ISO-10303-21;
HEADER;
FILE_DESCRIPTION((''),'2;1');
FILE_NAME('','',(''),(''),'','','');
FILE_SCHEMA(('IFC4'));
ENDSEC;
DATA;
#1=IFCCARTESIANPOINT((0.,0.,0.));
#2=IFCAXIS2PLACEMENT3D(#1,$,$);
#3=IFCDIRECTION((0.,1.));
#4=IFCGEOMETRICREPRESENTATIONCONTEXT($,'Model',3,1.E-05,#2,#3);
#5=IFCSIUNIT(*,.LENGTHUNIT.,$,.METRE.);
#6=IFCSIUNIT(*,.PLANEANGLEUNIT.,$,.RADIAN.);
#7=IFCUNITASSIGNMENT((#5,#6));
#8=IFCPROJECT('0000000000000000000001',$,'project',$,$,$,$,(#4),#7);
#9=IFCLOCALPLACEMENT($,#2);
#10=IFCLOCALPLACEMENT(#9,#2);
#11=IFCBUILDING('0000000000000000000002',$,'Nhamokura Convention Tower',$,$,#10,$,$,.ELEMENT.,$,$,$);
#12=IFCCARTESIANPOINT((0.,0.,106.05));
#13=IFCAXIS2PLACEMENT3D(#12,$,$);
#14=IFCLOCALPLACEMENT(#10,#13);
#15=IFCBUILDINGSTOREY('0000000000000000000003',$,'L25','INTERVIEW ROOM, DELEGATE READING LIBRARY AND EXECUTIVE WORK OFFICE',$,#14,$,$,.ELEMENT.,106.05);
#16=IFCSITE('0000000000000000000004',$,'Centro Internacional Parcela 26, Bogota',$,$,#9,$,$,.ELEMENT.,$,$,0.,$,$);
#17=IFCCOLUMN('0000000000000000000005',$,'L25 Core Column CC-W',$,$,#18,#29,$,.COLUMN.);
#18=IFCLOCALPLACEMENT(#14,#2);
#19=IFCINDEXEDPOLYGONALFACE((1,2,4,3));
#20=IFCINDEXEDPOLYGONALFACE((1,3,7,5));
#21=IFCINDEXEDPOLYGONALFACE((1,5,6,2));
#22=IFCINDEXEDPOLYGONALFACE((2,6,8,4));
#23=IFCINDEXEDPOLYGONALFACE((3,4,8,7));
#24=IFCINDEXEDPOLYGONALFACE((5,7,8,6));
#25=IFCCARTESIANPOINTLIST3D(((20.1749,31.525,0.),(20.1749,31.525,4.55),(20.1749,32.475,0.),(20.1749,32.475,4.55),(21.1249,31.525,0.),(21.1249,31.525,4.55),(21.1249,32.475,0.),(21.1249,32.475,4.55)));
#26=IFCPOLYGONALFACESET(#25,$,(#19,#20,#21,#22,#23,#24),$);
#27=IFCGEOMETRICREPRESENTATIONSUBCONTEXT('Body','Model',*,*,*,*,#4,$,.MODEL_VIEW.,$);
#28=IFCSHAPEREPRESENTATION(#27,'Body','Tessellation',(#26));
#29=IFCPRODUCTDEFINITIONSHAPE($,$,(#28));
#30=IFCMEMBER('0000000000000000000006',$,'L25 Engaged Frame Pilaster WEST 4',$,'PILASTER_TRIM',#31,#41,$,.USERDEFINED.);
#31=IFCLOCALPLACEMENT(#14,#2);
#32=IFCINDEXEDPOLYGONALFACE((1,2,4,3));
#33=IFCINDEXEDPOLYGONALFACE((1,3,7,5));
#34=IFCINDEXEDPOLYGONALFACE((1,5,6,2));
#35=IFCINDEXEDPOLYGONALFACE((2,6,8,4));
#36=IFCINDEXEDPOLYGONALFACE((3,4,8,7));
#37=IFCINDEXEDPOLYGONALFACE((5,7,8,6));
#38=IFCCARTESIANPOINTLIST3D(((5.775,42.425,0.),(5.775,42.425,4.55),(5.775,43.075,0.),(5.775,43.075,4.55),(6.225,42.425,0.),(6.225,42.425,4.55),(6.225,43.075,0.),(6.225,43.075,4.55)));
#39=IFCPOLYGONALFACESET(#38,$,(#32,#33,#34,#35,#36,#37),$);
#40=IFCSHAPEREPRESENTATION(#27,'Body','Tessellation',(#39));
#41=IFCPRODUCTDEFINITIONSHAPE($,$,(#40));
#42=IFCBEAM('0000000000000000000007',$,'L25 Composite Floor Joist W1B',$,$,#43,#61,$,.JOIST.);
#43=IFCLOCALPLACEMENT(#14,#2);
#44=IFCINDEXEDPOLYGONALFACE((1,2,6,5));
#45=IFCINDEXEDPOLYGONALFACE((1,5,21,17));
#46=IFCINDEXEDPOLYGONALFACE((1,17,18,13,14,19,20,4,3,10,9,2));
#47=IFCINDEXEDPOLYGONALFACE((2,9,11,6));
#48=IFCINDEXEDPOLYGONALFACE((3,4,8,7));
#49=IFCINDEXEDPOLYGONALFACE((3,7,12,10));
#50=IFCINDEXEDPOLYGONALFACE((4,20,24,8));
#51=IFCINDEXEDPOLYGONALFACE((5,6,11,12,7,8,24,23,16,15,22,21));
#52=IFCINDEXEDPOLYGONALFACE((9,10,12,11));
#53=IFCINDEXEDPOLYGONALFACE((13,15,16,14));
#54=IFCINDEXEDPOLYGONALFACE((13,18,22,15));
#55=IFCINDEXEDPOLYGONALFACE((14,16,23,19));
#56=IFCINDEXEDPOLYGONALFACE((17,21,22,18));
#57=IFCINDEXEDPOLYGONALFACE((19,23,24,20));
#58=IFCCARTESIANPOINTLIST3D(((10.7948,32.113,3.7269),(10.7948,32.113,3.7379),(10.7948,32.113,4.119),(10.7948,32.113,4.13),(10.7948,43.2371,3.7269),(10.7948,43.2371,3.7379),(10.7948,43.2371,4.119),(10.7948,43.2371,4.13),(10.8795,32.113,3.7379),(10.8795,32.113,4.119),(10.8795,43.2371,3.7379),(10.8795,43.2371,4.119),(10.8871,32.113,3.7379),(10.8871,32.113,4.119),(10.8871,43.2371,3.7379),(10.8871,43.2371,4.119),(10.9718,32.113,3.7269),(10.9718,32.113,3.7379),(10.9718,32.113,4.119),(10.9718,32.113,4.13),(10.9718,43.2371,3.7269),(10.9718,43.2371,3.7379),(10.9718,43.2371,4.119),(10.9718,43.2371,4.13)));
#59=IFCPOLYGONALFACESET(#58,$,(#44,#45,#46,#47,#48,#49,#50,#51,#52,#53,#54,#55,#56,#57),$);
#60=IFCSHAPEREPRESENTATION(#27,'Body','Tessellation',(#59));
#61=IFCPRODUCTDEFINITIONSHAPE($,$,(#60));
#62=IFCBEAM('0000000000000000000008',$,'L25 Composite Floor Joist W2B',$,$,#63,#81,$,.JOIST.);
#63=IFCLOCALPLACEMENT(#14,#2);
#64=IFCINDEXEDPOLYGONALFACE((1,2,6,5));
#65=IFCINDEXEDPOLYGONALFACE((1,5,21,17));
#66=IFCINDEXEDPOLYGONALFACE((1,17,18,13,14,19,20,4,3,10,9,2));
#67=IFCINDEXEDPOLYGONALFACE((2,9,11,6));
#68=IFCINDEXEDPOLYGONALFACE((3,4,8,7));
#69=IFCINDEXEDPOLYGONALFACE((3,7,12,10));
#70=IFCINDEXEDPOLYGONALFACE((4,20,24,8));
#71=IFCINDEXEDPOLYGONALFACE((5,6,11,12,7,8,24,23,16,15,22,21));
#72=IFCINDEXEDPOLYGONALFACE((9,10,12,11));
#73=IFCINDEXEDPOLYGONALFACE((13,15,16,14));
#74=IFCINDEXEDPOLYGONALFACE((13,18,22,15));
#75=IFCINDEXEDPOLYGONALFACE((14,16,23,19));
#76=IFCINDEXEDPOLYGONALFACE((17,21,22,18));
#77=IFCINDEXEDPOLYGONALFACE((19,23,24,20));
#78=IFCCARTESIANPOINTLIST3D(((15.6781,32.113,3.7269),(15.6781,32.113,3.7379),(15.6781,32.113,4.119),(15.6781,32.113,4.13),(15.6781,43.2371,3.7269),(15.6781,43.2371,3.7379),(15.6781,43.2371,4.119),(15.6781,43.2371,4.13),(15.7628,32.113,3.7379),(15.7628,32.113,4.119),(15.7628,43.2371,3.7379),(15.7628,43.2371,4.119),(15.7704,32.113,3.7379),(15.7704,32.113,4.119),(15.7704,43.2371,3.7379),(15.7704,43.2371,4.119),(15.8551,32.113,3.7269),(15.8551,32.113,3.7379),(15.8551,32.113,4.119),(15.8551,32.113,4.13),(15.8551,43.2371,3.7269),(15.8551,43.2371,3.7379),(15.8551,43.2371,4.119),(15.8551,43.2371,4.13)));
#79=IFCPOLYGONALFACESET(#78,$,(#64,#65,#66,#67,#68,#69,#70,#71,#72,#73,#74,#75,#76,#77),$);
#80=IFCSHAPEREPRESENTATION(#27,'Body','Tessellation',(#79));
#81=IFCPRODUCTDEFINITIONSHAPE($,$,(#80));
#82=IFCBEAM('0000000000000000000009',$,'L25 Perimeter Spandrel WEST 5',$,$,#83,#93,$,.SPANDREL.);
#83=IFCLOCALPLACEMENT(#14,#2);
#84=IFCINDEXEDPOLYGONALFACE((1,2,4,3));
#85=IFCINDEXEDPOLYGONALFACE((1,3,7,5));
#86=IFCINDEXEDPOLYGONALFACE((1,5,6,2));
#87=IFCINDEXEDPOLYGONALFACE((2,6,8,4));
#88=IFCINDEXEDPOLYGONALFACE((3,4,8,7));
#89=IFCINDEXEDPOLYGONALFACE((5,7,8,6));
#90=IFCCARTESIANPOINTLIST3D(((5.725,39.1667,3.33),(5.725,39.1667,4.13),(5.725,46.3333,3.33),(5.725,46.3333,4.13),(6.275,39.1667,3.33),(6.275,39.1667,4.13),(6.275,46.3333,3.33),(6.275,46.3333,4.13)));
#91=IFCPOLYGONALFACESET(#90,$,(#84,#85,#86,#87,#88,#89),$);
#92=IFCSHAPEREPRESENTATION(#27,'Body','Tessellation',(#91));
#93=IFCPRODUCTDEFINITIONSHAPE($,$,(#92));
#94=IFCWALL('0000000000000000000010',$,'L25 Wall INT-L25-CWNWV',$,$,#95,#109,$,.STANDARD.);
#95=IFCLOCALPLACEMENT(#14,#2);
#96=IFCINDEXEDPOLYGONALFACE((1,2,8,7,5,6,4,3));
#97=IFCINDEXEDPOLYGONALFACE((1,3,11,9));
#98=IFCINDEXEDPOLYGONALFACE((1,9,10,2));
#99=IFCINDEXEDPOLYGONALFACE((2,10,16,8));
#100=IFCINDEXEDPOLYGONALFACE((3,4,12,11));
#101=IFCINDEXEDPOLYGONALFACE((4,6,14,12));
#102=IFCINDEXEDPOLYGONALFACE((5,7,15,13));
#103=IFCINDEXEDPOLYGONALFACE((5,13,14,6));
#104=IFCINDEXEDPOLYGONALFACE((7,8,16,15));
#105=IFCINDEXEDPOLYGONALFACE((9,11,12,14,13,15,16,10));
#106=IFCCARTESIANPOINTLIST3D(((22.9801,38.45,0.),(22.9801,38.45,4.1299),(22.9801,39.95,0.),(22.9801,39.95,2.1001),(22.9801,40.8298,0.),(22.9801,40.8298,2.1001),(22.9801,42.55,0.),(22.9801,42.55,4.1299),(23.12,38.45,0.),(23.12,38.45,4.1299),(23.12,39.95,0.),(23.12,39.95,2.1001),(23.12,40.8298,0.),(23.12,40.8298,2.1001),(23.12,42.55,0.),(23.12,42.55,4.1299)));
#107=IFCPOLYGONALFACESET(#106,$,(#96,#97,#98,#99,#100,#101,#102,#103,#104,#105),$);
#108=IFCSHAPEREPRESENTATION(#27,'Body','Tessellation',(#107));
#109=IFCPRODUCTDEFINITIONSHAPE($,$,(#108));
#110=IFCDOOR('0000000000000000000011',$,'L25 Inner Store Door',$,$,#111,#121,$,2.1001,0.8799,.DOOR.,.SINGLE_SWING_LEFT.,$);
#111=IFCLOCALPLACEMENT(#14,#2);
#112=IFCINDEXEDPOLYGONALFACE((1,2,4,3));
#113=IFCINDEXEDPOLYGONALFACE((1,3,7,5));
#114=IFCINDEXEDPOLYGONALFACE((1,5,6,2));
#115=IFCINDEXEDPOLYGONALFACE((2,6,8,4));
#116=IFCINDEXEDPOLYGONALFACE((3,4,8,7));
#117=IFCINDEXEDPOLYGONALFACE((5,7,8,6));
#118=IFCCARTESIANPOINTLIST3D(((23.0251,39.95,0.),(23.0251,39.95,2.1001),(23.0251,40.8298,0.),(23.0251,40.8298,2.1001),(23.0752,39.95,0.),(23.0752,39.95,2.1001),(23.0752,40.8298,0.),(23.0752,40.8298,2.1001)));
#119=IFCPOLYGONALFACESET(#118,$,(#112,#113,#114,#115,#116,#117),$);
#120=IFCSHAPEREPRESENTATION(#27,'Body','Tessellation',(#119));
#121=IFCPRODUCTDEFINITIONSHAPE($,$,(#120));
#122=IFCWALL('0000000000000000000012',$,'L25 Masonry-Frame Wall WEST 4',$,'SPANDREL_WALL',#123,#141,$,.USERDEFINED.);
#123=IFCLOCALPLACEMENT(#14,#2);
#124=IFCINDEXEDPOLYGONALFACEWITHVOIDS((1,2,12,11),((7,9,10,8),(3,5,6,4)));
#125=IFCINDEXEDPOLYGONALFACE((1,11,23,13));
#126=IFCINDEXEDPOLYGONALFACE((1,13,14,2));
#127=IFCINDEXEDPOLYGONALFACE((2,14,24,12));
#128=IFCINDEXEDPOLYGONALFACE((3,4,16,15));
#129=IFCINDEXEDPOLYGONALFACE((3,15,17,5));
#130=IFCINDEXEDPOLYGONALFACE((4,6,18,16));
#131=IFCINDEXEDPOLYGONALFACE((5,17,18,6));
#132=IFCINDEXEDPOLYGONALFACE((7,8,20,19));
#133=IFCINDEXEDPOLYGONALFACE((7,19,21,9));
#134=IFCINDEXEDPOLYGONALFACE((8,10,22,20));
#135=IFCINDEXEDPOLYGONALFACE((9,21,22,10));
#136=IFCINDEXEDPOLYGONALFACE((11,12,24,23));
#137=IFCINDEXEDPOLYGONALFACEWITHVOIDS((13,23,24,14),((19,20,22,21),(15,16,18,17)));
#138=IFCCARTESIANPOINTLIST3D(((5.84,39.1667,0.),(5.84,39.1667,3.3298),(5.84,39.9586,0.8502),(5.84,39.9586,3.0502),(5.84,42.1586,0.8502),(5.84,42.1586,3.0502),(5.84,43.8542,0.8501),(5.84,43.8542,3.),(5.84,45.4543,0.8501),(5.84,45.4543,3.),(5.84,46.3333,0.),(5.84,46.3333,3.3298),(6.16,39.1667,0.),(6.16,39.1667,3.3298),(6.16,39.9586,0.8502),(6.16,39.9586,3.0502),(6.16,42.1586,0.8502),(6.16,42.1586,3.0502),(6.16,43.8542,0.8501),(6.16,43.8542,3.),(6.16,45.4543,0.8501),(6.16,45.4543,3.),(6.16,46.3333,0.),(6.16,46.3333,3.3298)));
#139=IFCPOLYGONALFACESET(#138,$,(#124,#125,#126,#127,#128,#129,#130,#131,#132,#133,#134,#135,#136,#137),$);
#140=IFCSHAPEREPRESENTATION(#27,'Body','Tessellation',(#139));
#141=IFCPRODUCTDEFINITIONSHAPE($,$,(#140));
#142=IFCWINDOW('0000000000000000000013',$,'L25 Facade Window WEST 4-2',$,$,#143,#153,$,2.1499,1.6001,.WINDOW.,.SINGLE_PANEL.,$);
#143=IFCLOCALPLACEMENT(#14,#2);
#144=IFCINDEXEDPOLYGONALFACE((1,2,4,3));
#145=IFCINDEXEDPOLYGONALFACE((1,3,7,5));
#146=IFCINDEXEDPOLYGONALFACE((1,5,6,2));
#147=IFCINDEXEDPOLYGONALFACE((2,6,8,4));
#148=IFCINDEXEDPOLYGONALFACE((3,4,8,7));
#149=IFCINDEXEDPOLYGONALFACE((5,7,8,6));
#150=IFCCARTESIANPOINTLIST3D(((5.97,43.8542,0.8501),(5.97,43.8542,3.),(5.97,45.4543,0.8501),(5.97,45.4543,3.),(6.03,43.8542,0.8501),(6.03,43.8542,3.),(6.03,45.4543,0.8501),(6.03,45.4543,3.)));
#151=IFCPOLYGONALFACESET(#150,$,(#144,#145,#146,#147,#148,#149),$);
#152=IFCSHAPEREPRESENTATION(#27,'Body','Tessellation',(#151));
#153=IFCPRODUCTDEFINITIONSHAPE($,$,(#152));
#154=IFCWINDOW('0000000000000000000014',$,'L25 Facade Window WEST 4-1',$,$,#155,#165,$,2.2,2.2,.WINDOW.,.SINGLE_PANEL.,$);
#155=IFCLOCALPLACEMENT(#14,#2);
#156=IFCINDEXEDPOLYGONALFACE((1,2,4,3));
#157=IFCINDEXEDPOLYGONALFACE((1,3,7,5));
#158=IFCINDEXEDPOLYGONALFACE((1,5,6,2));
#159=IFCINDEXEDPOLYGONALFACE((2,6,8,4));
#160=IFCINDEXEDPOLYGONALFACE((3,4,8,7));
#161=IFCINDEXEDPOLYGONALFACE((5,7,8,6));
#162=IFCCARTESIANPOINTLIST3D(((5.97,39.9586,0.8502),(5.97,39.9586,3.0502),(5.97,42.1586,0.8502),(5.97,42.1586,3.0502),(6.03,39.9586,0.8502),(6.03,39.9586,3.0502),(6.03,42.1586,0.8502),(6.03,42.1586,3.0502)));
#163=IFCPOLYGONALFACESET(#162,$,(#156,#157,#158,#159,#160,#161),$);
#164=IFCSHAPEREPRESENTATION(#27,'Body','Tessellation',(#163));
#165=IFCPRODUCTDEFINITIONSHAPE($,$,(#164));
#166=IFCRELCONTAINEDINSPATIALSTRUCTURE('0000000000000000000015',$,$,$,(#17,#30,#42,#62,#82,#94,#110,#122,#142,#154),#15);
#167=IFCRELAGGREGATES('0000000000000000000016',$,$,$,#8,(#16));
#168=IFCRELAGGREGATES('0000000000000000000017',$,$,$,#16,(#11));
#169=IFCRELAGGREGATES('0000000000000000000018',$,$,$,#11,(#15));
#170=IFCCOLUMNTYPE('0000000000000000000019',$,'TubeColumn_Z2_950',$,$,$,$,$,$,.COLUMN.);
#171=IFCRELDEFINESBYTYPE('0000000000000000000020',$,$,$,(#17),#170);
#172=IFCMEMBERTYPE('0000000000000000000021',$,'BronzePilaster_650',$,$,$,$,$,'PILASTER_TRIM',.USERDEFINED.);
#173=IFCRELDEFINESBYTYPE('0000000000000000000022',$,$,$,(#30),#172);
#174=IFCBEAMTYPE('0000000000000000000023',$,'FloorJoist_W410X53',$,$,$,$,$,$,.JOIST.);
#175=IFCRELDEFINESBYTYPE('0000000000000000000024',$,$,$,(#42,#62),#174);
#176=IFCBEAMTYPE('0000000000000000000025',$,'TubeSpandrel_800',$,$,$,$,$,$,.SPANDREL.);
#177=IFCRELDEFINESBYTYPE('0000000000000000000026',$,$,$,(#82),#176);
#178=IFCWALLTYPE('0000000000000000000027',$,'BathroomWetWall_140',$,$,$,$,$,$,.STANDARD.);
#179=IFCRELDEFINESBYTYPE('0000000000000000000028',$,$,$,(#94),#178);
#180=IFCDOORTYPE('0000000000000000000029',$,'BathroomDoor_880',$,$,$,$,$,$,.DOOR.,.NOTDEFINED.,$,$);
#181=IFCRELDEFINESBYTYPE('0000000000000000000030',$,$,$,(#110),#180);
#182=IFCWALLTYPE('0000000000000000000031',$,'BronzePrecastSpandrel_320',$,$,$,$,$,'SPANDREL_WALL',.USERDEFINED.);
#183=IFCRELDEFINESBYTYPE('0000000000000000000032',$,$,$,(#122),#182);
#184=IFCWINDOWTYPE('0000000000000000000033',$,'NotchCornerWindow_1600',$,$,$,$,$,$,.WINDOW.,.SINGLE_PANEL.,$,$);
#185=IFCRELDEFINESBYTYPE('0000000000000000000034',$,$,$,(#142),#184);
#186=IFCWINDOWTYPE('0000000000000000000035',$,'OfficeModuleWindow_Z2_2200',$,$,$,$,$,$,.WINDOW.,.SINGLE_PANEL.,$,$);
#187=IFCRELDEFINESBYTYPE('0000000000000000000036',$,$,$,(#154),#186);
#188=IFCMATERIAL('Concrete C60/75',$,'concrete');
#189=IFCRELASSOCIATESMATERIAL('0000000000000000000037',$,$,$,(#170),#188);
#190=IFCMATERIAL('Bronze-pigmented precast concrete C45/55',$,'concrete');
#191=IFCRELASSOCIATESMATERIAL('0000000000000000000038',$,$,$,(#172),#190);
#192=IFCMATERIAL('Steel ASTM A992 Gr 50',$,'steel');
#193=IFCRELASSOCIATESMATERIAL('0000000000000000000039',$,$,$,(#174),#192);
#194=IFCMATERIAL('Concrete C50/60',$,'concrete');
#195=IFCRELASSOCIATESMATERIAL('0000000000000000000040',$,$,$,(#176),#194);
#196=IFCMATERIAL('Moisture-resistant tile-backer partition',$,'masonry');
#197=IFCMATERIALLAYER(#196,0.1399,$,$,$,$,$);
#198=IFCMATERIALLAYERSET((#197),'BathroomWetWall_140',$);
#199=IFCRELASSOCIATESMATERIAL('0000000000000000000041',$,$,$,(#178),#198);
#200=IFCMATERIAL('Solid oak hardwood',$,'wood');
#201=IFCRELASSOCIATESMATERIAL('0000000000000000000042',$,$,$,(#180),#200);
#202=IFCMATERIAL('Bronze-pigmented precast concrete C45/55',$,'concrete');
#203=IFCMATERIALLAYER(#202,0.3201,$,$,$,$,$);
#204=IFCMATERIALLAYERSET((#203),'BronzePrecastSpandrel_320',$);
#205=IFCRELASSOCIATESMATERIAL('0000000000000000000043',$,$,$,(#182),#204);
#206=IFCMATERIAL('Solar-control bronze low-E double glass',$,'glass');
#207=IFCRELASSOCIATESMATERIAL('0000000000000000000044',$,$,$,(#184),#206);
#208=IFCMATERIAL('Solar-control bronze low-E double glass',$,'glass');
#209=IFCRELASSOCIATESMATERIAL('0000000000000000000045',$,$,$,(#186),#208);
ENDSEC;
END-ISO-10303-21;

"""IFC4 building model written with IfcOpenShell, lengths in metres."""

from ifc_helpers import new_model, si_unit, direction, frame, frame_2d, origin, origin_2d, place, context, subcontext, project, spatial, rectangle, i_section, extrude, material, layer, layer_set, material_profile, profile_set, type_object, element, fill, save


model = new_model("IFC4")

# Units and contexts
model_context = context("Model", 3, precision=1e-05, world=origin(), true_north=direction((0.0, 1.0)))
body_context = subcontext(model_context, "Body", "Model", "MODEL_VIEW")
ifc_project = project(units=[si_unit("LENGTHUNIT", "METRE"), si_unit("PLANEANGLEUNIT", "RADIAN")], contexts=[model_context])

# Site, building, storey
site_placement = place(None, origin())
site = spatial("IfcSite", under=ifc_project, at=site_placement, Name="Centro Internacional Parcela 26, Bogota", CompositionType="ELEMENT", RefElevation=0.0)
building_placement = place(site_placement, origin())
building = spatial("IfcBuilding", under=site, at=building_placement, Name="Nhamokura Convention Tower", CompositionType="ELEMENT")
storey_placement = place(building_placement, frame((0.0, 0.0, 106.05)))
storey = spatial("IfcBuildingStorey", under=building, at=storey_placement, Name="L25", Description="INTERVIEW ROOM, DELEGATE READING LIBRARY AND EXECUTIVE WORK OFFICE", CompositionType="ELEMENT", Elevation=106.05)

# Column
ifc_material_1 = material(Name="Concrete C60/75", Category="concrete")
ifc_material_profile_1 = material_profile(ifc_material_1, rectangle(XDim=0.95, YDim=0.95, at=origin_2d()))
ifc_profile_set_1 = profile_set([ifc_material_profile_1], Name="Concrete C60/75")
column_type = type_object("IfcColumnType", Name="TubeColumn_Z2_950", PredefinedType="COLUMN", material=ifc_profile_set_1)
column_placement = place(storey_placement, frame((20.6499, 32.0, 0.0), z_axis=(0.0, 0.0, 1.0), x_axis=(1.0, 0.0, 0.0)))
element("IfcColumn", 1, at=column_placement, inside=storey, type_object=column_type, Name="L25 Core Column CC-W", PredefinedType="COLUMN", context=body_context, shape_type="SweptSolid", body=[
    extrude(rectangle(XDim=0.95, YDim=0.95, at=origin_2d()), origin(), (0.0, 0.0, 1.0), 4.55),
])

# Member
ifc_material_2 = material(Name="Bronze-pigmented precast concrete C45/55", Category="concrete")
ifc_material_profile_2 = material_profile(ifc_material_2, rectangle(XDim=0.45, YDim=0.6499, at=origin_2d()))
ifc_profile_set_2 = profile_set([ifc_material_profile_2], Name="Bronze-pigmented precast concrete C45/55")
member_type = type_object("IfcMemberType", Name="BronzePilaster_650", ElementType="PILASTER_TRIM", PredefinedType="USERDEFINED", material=ifc_profile_set_2)
member_placement = place(storey_placement, frame((6.0, 42.75, 0.0), z_axis=(0.0, 0.0, 1.0), x_axis=(1.0, 0.0, 0.0)))
element("IfcMember", 2, at=member_placement, inside=storey, type_object=member_type, Name="L25 Engaged Frame Pilaster WEST 4", ObjectType="PILASTER_TRIM", PredefinedType="USERDEFINED", context=body_context, shape_type="SweptSolid", body=[
    extrude(rectangle(XDim=0.45, YDim=0.6499, at=origin_2d()), origin(), (0.0, 0.0, 1.0), 4.55),
])

# Beams
ifc_material_3 = material(Name="Steel ASTM A992 Gr 50", Category="steel")
ifc_material_profile_3 = material_profile(ifc_material_3, i_section(OverallWidth=0.177, OverallDepth=0.4031, WebThickness=0.0076, FlangeThickness=0.011, at=origin_2d()))
ifc_profile_set_3 = profile_set([ifc_material_profile_3], Name="Steel ASTM A992 Gr 50")
beam_type_1 = type_object("IfcBeamType", Name="FloorJoist_W410X53", PredefinedType="JOIST", material=ifc_profile_set_3)
for number, where, z_axis, x_axis, name in (
    (3, (10.8833, 32.113, 3.9285), (0.0, 1.0, 0.0), (-1.0, 0.0, 0.0), "L25 Composite Floor Joist W1B"),
    (4, (15.7666, 32.113, 3.9285), (0.0, 1.0, 0.0), (-1.0, 0.0, 0.0), "L25 Composite Floor Joist W2B"),
):
    element("IfcBeam", number, at=place(storey_placement, frame(where, z_axis=z_axis, x_axis=x_axis)), inside=storey, type_object=beam_type_1, Name=name, PredefinedType="JOIST", context=body_context, shape_type="SweptSolid", body=[
        extrude(i_section(OverallWidth=0.177, OverallDepth=0.4031, WebThickness=0.0076, FlangeThickness=0.011, at=origin_2d()), origin(), (0.0, 0.0, 1.0), 11.124),
    ])
ifc_material_4 = material(Name="Concrete C50/60", Category="concrete")
ifc_material_profile_4 = material_profile(ifc_material_4, rectangle(XDim=0.55, YDim=0.8, at=origin_2d()))
ifc_profile_set_4 = profile_set([ifc_material_profile_4], Name="Concrete C50/60")
beam_type_2 = type_object("IfcBeamType", Name="TubeSpandrel_800", PredefinedType="SPANDREL", material=ifc_profile_set_4)
beam_placement = place(storey_placement, frame((6.0, 39.1667, 3.73), z_axis=(0.0, 1.0, 0.0), x_axis=(-1.0, 0.0, 0.0)))
element("IfcBeam", 5, at=beam_placement, inside=storey, type_object=beam_type_2, Name="L25 Perimeter Spandrel WEST 5", PredefinedType="SPANDREL", context=body_context, shape_type="SweptSolid", body=[
    extrude(rectangle(XDim=0.55, YDim=0.8, at=origin_2d()), origin(), (0.0, 0.0, 1.0), 7.1665),
])

# Wall, opening, door
ifc_material_5 = material(Name="Moisture-resistant tile-backer partition", Category="masonry")
ifc_layer_1 = layer(ifc_material_5, 0.1399)
ifc_layer_set_1 = layer_set([ifc_layer_1], Name="BathroomWetWall_140")
wall_type_1 = type_object("IfcWallType", Name="BathroomWetWall_140", PredefinedType="STANDARD", material=ifc_layer_set_1)
wall_1_placement = place(storey_placement, frame((23.05, 38.45, 0.0), z_axis=(0.0, 0.0, 1.0), x_axis=(0.0, 1.0, 0.0)))
wall_1 = element("IfcWall", 6, at=wall_1_placement, inside=storey, type_object=wall_type_1, Name="L25 Wall INT-L25-CWNWV", PredefinedType="STANDARD", context=body_context, shape_type="SweptSolid", body=[
    extrude(rectangle(XDim=4.1001, YDim=0.1399, at=frame_2d((2.05, 0.0))), origin(), (0.0, 0.0, 1.0), 4.1299),
])
opening_1_placement = place(wall_1_placement, frame((1.5, 0.0, 0.0)))
opening_1 = element("IfcOpeningElement", 7, at=opening_1_placement, cuts=wall_1, PredefinedType="OPENING", context=body_context, shape_type="SweptSolid", body=[
    extrude(rectangle(XDim=0.8799, YDim=2.1001, at=frame_2d((0.4399, 1.05))), frame((0.0, 0.0798, 0.0), z_axis=(0.0, -1.0, 0.0), x_axis=(1.0, 0.0, 0.0)), (0.0, 0.0, 1.0), 0.1599),
])
ifc_material_6 = material(Name="Solid oak hardwood", Category="wood")
door_type_1 = type_object("IfcDoorType", Name="BathroomDoor_880", OperationType="NOTDEFINED", PredefinedType="DOOR", material=ifc_material_6)
door_1_placement = place(opening_1_placement, origin())
door_1 = element("IfcDoor", 8, at=door_1_placement, inside=storey, type_object=door_type_1, Name="L25 Inner Store Door", OperationType="SINGLE_SWING_LEFT", OverallHeight=2.1001, OverallWidth=0.8799, PredefinedType="DOOR", context=body_context, shape_type="SweptSolid", body=[
    extrude(rectangle(XDim=0.8799, YDim=2.1001, at=frame_2d((0.4399, 1.05))), frame((0.0, 0.0249, 0.0), z_axis=(0.0, -1.0, 0.0), x_axis=(1.0, 0.0, 0.0)), (0.0, 0.0, 1.0), 0.05),
])
fill(opening_1, door_1)

# Wall, openings, windows
ifc_material_7 = material(Name="Bronze-pigmented precast concrete C45/55", Category="concrete")
ifc_layer_2 = layer(ifc_material_7, 0.3201)
ifc_layer_set_2 = layer_set([ifc_layer_2], Name="BronzePrecastSpandrel_320")
wall_type_2 = type_object("IfcWallType", Name="BronzePrecastSpandrel_320", ElementType="SPANDREL_WALL", PredefinedType="USERDEFINED", material=ifc_layer_set_2)
wall_2_placement = place(storey_placement, frame((6.0, 39.1667, 0.0), z_axis=(0.0, 0.0, 1.0), x_axis=(0.0, 1.0, 0.0)))
wall_2 = element("IfcWall", 9, at=wall_2_placement, inside=storey, type_object=wall_type_2, Name="L25 Masonry-Frame Wall WEST 4", ObjectType="SPANDREL_WALL", PredefinedType="USERDEFINED", context=body_context, shape_type="SweptSolid", body=[
    extrude(rectangle(XDim=7.1665, YDim=0.3201, at=frame_2d((3.5833, 0.0))), origin(), (0.0, 0.0, 1.0), 3.3298),
])
opening_2_placement = place(wall_2_placement, frame((0.7917, 0.0, 0.8501)))
opening_2 = element("IfcOpeningElement", 10, at=opening_2_placement, cuts=wall_2, PredefinedType="OPENING", context=body_context, shape_type="SweptSolid", body=[
    extrude(rectangle(XDim=2.2, YDim=2.2, at=frame_2d((1.1001, 1.1001))), frame((0.0, 0.1699, 0.0), z_axis=(0.0, -1.0, 0.0), x_axis=(1.0, 0.0, 0.0)), (0.0, 0.0, 1.0), 0.3401),
])
opening_3_placement = place(wall_2_placement, frame((4.6875, 0.0, 0.8501)))
opening_3 = element("IfcOpeningElement", 11, at=opening_3_placement, cuts=wall_2, PredefinedType="OPENING", context=body_context, shape_type="SweptSolid", body=[
    extrude(rectangle(XDim=1.6001, YDim=2.1499, at=frame_2d((0.8, 1.075))), frame((0.0, 0.1699, 0.0), z_axis=(0.0, -1.0, 0.0), x_axis=(1.0, 0.0, 0.0)), (0.0, 0.0, 1.0), 0.3401),
])
ifc_material_8 = material(Name="Solar-control bronze low-E double glass", Category="glass")
window_type_1 = type_object("IfcWindowType", Name="NotchCornerWindow_1600", PartitioningType="SINGLE_PANEL", PredefinedType="WINDOW", material=ifc_material_8)
window_1_placement = place(opening_3_placement, origin())
window_1 = element("IfcWindow", 12, at=window_1_placement, inside=storey, type_object=window_type_1, Name="L25 Facade Window WEST 4-2", OverallHeight=2.1499, OverallWidth=1.6001, PartitioningType="SINGLE_PANEL", PredefinedType="WINDOW", context=body_context, shape_type="SweptSolid", body=[
    extrude(rectangle(XDim=1.6001, YDim=2.1499, at=frame_2d((0.8, 1.075))), frame((0.0, 0.03, 0.0), z_axis=(0.0, -1.0, 0.0), x_axis=(1.0, 0.0, 0.0)), (0.0, 0.0, 1.0), 0.0601),
])
fill(opening_3, window_1)
ifc_material_9 = material(Name="Solar-control bronze low-E double glass", Category="glass")
window_type_2 = type_object("IfcWindowType", Name="OfficeModuleWindow_Z2_2200", PartitioningType="SINGLE_PANEL", PredefinedType="WINDOW", material=ifc_material_9)
window_2_placement = place(opening_2_placement, origin())
window_2 = element("IfcWindow", 13, at=window_2_placement, inside=storey, type_object=window_type_2, Name="L25 Facade Window WEST 4-1", OverallHeight=2.2, OverallWidth=2.2, PartitioningType="SINGLE_PANEL", PredefinedType="WINDOW", context=body_context, shape_type="SweptSolid", body=[
    extrude(rectangle(XDim=2.2, YDim=2.2, at=frame_2d((1.1001, 1.1001))), frame((0.0, 0.03, 0.0), z_axis=(0.0, -1.0, 0.0), x_axis=(1.0, 0.0, 0.0)), (0.0, 0.0, 1.0), 0.0601),
])
fill(opening_2, window_2)

save(model, "model.ifc")
